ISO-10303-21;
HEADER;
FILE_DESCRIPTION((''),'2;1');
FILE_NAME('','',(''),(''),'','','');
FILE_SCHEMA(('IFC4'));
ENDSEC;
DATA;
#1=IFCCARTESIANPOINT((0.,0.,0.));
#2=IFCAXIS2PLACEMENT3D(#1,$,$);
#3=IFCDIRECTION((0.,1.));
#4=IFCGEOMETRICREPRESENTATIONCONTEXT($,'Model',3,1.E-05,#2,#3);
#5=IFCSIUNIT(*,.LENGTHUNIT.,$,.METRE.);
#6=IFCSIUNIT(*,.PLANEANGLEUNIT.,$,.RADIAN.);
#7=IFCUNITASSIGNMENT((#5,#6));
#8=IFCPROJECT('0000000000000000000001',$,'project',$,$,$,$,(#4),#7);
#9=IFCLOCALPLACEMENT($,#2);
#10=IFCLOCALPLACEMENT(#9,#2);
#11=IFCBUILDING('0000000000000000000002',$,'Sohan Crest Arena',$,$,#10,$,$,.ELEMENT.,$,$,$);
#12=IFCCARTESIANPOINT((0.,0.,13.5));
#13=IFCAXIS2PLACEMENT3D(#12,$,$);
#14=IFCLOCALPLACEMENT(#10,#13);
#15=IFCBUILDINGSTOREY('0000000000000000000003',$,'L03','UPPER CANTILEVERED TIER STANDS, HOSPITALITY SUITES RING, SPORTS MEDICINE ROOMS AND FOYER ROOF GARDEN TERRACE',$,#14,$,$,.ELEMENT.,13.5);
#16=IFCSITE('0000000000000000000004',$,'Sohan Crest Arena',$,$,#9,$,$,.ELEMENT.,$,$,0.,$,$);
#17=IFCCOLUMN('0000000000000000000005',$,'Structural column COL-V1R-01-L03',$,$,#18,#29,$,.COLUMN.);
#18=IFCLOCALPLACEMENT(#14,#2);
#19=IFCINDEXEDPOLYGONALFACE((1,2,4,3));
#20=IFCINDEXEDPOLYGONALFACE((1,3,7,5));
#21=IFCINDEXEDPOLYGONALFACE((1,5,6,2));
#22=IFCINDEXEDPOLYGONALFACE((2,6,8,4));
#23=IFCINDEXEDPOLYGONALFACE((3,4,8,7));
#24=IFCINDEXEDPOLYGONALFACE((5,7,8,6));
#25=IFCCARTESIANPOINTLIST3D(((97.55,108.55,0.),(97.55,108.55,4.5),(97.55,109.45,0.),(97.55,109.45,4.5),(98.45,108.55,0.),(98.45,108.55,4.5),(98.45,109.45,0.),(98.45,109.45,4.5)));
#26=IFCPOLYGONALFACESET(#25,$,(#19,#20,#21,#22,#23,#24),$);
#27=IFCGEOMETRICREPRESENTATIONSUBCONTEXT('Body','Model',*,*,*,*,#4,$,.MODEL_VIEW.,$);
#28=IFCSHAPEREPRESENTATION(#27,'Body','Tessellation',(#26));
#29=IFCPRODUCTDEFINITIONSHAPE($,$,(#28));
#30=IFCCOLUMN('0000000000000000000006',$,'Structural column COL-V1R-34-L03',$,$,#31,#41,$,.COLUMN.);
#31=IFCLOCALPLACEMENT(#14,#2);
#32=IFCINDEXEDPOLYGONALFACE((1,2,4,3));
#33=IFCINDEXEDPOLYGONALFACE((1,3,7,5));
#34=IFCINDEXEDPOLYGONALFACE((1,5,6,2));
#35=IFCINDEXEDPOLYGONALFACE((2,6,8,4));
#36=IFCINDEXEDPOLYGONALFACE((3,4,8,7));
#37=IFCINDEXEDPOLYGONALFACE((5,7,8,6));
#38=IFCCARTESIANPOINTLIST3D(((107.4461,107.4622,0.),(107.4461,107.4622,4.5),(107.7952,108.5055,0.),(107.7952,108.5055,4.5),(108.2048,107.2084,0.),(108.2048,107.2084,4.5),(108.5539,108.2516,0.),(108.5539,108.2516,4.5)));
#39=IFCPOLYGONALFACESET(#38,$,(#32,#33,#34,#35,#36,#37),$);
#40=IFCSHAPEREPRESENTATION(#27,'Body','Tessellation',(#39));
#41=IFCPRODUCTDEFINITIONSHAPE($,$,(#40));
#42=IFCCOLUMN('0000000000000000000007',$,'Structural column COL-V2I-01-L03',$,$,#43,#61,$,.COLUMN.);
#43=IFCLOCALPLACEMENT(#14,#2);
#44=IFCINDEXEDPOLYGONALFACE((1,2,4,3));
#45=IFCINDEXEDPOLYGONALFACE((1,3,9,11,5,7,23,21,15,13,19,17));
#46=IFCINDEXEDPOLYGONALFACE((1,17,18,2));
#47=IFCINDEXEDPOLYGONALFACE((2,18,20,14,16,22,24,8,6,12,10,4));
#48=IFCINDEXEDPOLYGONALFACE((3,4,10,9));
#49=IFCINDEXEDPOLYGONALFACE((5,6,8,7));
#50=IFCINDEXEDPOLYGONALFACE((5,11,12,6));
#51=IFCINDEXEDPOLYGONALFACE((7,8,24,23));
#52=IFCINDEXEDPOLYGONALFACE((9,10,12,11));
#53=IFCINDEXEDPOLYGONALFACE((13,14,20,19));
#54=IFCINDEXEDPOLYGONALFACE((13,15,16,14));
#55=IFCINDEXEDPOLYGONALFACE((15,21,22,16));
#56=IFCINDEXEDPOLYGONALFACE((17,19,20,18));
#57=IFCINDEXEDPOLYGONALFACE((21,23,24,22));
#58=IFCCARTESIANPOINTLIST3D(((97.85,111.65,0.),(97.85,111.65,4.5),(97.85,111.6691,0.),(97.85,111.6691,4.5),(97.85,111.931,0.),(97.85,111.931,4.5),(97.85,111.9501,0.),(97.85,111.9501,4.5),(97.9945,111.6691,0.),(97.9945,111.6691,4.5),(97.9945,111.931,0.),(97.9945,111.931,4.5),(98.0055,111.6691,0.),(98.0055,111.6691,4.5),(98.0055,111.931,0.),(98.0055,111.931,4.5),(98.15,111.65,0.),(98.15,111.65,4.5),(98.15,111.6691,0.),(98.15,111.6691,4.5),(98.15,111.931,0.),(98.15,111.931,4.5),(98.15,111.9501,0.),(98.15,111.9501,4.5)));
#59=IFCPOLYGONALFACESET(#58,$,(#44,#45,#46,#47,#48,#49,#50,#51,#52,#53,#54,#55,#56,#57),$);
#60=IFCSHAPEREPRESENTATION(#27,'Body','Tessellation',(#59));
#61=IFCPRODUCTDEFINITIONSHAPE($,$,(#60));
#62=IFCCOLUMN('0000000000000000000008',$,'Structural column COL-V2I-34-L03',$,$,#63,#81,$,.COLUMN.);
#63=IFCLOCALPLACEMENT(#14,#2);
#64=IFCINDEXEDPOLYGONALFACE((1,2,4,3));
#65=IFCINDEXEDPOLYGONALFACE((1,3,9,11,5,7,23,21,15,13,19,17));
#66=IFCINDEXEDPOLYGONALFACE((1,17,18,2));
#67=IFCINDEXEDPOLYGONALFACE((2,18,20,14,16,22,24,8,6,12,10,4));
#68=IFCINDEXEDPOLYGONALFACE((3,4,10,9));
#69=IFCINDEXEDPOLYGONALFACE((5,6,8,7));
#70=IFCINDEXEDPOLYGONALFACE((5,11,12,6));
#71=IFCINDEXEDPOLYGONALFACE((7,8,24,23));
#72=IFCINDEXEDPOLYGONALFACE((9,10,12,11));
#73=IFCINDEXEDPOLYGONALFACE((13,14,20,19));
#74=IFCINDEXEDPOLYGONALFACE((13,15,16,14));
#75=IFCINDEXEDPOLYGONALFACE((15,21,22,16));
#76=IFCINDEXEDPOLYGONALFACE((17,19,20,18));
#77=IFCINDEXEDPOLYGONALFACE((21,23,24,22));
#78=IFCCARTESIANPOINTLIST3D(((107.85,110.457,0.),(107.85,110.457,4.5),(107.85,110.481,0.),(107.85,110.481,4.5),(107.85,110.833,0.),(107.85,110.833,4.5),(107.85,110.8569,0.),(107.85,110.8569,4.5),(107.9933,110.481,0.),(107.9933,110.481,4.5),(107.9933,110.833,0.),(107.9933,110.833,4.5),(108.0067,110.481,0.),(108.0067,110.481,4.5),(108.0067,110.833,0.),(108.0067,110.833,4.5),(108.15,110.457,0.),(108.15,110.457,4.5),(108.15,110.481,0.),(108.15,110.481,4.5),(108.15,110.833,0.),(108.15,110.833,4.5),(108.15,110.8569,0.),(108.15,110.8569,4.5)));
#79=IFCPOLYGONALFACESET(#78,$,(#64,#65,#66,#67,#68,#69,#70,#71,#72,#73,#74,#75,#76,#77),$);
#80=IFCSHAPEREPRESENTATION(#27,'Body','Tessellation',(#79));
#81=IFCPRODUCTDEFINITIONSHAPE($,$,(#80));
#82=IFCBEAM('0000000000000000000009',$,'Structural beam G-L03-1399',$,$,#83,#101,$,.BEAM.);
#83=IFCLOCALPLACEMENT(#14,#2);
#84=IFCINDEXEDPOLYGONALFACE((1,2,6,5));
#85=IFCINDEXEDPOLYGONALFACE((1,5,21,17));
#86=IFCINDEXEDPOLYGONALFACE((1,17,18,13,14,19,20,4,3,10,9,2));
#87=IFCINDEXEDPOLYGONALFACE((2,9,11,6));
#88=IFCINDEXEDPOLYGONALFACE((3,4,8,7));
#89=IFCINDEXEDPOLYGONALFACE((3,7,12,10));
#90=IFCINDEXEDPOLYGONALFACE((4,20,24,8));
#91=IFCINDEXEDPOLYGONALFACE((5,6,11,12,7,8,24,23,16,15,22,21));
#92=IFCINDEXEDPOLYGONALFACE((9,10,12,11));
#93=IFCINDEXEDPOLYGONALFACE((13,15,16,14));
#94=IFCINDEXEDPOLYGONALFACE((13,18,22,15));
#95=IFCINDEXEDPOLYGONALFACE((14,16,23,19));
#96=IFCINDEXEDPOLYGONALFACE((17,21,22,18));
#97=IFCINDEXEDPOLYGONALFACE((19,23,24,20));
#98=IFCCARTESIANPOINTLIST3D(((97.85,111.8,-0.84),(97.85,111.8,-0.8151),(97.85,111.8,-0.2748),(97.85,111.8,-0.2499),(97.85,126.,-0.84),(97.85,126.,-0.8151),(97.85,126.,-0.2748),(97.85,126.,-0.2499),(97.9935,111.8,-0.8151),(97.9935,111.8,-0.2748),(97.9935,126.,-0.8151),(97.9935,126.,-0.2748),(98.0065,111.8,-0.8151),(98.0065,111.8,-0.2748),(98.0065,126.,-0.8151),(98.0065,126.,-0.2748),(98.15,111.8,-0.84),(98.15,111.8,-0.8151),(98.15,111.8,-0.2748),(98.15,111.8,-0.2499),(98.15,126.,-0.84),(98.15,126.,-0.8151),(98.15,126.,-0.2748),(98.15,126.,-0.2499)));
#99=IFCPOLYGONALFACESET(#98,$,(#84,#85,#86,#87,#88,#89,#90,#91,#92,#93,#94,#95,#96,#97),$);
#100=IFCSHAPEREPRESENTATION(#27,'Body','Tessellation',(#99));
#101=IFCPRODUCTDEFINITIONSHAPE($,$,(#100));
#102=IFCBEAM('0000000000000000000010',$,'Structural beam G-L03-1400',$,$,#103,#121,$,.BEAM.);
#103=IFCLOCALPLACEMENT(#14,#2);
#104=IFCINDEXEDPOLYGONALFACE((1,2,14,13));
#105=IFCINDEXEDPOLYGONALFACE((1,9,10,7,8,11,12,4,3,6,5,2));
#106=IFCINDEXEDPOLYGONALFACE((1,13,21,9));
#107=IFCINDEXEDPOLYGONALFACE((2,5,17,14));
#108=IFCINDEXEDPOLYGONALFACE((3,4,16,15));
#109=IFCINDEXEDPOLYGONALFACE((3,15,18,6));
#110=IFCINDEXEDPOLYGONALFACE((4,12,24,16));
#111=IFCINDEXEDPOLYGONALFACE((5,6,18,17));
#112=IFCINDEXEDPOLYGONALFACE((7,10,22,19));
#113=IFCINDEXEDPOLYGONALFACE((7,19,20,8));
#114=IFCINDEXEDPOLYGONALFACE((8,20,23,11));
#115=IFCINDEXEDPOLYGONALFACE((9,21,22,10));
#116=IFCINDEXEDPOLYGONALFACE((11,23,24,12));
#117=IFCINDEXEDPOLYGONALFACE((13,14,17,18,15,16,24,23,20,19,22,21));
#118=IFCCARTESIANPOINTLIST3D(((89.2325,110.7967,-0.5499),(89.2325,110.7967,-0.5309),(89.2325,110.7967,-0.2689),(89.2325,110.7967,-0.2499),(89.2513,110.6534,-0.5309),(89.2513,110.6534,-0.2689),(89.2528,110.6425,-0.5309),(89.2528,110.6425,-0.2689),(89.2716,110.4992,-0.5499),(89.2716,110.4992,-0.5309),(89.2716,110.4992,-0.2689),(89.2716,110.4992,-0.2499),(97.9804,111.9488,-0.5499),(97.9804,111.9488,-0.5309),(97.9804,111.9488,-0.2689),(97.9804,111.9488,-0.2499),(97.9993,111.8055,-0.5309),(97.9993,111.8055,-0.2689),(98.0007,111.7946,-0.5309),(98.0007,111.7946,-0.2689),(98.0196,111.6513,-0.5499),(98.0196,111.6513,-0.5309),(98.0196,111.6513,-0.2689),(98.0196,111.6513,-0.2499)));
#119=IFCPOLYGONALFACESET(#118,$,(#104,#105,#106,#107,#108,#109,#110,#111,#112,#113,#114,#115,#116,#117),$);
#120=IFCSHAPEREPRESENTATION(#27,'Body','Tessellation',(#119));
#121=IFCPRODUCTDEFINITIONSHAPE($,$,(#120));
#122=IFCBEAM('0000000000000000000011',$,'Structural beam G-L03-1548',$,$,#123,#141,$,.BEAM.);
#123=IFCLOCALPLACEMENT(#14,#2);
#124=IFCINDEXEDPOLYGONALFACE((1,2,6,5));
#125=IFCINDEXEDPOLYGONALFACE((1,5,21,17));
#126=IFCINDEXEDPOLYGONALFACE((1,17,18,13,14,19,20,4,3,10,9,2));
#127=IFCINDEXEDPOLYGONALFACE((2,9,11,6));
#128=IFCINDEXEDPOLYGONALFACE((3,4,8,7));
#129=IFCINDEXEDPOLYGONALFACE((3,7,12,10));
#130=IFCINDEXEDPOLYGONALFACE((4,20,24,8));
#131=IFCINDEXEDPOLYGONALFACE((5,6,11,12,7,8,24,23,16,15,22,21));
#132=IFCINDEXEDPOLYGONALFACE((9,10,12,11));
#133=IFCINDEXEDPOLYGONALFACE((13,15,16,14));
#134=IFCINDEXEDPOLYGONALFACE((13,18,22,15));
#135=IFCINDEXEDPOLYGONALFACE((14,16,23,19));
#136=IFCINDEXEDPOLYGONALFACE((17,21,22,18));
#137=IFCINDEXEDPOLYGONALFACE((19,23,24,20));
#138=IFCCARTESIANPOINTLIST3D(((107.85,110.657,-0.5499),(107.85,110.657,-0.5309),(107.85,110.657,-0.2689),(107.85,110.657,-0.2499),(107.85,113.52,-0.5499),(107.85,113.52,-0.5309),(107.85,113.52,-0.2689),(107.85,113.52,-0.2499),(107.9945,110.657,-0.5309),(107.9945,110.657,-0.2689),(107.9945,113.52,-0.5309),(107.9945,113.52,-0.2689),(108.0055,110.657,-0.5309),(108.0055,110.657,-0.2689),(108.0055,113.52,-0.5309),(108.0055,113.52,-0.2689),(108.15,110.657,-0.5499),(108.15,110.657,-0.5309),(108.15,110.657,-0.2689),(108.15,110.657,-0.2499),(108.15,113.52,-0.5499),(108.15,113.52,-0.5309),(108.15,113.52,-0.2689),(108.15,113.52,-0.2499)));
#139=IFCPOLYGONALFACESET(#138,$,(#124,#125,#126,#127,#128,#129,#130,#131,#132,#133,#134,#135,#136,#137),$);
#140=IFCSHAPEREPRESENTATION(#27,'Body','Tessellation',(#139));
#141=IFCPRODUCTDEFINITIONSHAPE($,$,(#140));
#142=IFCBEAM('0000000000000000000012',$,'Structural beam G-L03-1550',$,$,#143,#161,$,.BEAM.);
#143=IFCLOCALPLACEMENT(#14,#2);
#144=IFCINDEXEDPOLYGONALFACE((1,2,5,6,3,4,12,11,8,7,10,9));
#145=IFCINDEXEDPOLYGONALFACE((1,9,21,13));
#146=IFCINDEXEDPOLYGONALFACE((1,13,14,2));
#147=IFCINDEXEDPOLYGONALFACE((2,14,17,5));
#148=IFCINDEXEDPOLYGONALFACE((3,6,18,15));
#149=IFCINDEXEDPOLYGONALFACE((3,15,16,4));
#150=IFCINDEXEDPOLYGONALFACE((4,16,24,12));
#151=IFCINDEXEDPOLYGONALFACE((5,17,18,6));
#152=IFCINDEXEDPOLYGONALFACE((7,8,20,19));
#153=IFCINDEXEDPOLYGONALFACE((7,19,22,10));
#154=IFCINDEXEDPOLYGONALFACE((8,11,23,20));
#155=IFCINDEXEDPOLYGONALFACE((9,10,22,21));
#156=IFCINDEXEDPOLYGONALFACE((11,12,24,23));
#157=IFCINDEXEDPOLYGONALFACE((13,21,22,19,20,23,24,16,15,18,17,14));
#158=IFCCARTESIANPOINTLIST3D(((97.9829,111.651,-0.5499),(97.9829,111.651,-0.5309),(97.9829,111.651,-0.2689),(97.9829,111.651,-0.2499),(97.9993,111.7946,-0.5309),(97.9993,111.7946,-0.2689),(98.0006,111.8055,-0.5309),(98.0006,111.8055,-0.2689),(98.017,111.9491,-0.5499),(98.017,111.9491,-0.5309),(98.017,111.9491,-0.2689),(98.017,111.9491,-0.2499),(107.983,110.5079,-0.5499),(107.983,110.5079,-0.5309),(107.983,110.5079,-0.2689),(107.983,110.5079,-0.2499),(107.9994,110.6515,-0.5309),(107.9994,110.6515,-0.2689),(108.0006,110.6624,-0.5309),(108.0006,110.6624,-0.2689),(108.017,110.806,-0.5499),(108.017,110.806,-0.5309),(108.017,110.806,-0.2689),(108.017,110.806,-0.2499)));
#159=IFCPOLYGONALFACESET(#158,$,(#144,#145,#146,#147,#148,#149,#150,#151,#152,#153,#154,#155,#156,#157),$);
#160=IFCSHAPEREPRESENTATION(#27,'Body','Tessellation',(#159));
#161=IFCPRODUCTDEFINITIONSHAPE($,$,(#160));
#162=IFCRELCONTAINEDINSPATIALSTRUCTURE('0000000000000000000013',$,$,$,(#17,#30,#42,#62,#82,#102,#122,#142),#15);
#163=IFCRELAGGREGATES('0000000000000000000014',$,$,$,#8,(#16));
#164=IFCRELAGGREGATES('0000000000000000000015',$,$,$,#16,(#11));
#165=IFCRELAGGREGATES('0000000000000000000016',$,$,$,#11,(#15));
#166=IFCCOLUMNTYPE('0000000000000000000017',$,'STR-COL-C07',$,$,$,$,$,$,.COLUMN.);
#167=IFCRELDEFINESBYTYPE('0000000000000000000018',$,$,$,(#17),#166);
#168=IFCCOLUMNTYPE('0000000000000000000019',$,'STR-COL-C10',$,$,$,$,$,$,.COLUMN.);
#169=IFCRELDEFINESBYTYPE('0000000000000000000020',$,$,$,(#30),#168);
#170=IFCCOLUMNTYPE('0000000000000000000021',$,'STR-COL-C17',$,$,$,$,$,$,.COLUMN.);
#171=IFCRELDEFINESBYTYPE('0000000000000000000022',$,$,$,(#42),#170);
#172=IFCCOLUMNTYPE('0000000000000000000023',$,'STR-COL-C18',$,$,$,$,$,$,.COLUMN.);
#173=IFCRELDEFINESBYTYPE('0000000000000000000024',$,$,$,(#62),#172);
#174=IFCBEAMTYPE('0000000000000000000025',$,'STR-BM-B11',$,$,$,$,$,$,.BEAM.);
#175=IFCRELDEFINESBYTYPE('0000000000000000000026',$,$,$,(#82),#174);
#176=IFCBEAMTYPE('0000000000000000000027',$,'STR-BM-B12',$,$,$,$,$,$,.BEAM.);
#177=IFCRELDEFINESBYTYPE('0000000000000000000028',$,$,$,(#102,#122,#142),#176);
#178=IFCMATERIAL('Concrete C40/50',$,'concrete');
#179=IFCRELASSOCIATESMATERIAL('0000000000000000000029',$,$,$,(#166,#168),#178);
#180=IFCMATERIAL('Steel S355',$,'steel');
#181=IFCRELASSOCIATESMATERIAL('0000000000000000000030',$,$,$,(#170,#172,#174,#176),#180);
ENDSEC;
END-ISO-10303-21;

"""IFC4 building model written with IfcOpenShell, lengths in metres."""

from ifc_helpers import new_model, si_unit, direction, frame, origin, origin_2d, place, context, subcontext, project, spatial, rectangle, i_section, extrude, material, material_profile, profile_set, type_object, element, save


model = new_model("IFC4")

# Units and contexts
model_context = context("Model", 3, precision=1e-05, world=origin(), true_north=direction((0.0, 1.0)))
body_context = subcontext(model_context, "Body", "Model", "MODEL_VIEW")
ifc_project = project(units=[si_unit("LENGTHUNIT", "METRE"), si_unit("PLANEANGLEUNIT", "RADIAN")], contexts=[model_context])

# Site, building, storey
site_placement = place(None, origin())
site = spatial("IfcSite", under=ifc_project, at=site_placement, Name="Sohan Crest Arena", CompositionType="ELEMENT", RefElevation=0.0)
building_placement = place(site_placement, origin())
building = spatial("IfcBuilding", under=site, at=building_placement, Name="Sohan Crest Arena", CompositionType="ELEMENT")
storey_placement = place(building_placement, frame((0.0, 0.0, 13.5)))
storey = spatial("IfcBuildingStorey", under=building, at=storey_placement, Name="L03", Description="UPPER CANTILEVERED TIER STANDS, HOSPITALITY SUITES RING, SPORTS MEDICINE ROOMS AND FOYER ROOF GARDEN TERRACE", CompositionType="ELEMENT", Elevation=13.5)

# Columns
ifc_material_1 = material(Name="Concrete C40/50", Category="concrete")
ifc_material_profile_1 = material_profile(ifc_material_1, rectangle(XDim=0.8999, YDim=0.8999, at=origin_2d()), Name="RC 900x900")
ifc_profile_set_1 = profile_set([ifc_material_profile_1], Name="Concrete C40/50")
column_type_1 = type_object("IfcColumnType", Name="STR-COL-C07", PredefinedType="COLUMN", material=ifc_profile_set_1)
column_1_placement = place(storey_placement, frame((98.0, 109.0, 0.0), z_axis=(0.0, 0.0, 1.0), x_axis=(0.0, 1.0, 0.0)))
element("IfcColumn", 1, at=column_1_placement, inside=storey, type_object=column_type_1, Name="Structural column COL-V1R-01-L03", PredefinedType="COLUMN", context=body_context, shape_type="SweptSolid", body=[
    extrude(rectangle(XDim=0.8999, YDim=0.8999, at=origin_2d()), origin(), (0.0, 0.0, 1.0), 4.5),
])
ifc_material_profile_2 = material_profile(ifc_material_1, rectangle(XDim=1.1001, YDim=0.8, at=origin_2d()), Name="RC 1100x800")
ifc_profile_set_2 = profile_set([ifc_material_profile_2], Name="Concrete C40/50")
column_type_2 = type_object("IfcColumnType", Name="STR-COL-C10", PredefinedType="COLUMN", material=ifc_profile_set_2)
column_2_placement = place(storey_placement, frame((108.0, 107.8569, 0.0), z_axis=(0.0, 0.0, 1.0), x_axis=(0.317305, 0.948324, 0.0)))
element("IfcColumn", 2, at=column_2_placement, inside=storey, type_object=column_type_2, Name="Structural column COL-V1R-34-L03", PredefinedType="COLUMN", context=body_context, shape_type="SweptSolid", body=[
    extrude(rectangle(XDim=1.1001, YDim=0.8, at=origin_2d()), origin(), (0.0, 0.0, 1.0), 4.5),
])
ifc_material_2 = material(Name="Steel S355", Category="steel")
ifc_material_profile_3 = material_profile(ifc_material_2, i_section(OverallWidth=0.3, OverallDepth=0.3, WebThickness=0.011, FlangeThickness=0.019, at=origin_2d()), Name="HEB 300")
ifc_profile_set_3 = profile_set([ifc_material_profile_3], Name="Steel S355")
column_type_3 = type_object("IfcColumnType", Name="STR-COL-C17", PredefinedType="COLUMN", material=ifc_profile_set_3)
column_3_placement = place(storey_placement, frame((98.0, 111.8, 0.0), z_axis=(0.0, 0.0, 1.0), x_axis=(1.0, 0.0, 0.0)))
element("IfcColumn", 3, at=column_3_placement, inside=storey, type_object=column_type_3, Name="Structural column COL-V2I-01-L03", PredefinedType="COLUMN", context=body_context, shape_type="SweptSolid", body=[
    extrude(i_section(OverallWidth=0.3, OverallDepth=0.3, WebThickness=0.011, FlangeThickness=0.019, at=origin_2d()), origin(), (0.0, 0.0, 1.0), 4.5),
])
ifc_material_profile_4 = material_profile(ifc_material_2, i_section(OverallWidth=0.3, OverallDepth=0.3999, WebThickness=0.0134, FlangeThickness=0.0239, at=origin_2d()), Name="HEB 400")
ifc_profile_set_4 = profile_set([ifc_material_profile_4], Name="Steel S355")
column_type_4 = type_object("IfcColumnType", Name="STR-COL-C18", PredefinedType="COLUMN", material=ifc_profile_set_4)
column_4_placement = place(storey_placement, frame((108.0, 110.657, 0.0), z_axis=(0.0, 0.0, 1.0), x_axis=(1.0, 0.0, 0.0)))
element("IfcColumn", 4, at=column_4_placement, inside=storey, type_object=column_type_4, Name="Structural column COL-V2I-34-L03", PredefinedType="COLUMN", context=body_context, shape_type="SweptSolid", body=[
    extrude(i_section(OverallWidth=0.3, OverallDepth=0.3999, WebThickness=0.0134, FlangeThickness=0.0239, at=origin_2d()), origin(), (0.0, 0.0, 1.0), 4.5),
])

# Beams
ifc_material_profile_5 = material_profile(ifc_material_2, i_section(OverallWidth=0.3, OverallDepth=0.5901, WebThickness=0.0129, FlangeThickness=0.0249, at=origin_2d()), Name="HEA 600")
ifc_profile_set_5 = profile_set([ifc_material_profile_5], Name="Steel S355")
beam_type_1 = type_object("IfcBeamType", Name="STR-BM-B11", PredefinedType="BEAM", material=ifc_profile_set_5)
beam_1_placement = place(storey_placement, frame((98.0, 111.8, -0.5449), z_axis=(0.0, 1.0, 0.0), x_axis=(-1.0, 0.0, 0.0)))
element("IfcBeam", 5, at=beam_1_placement, inside=storey, type_object=beam_type_1, Name="Structural beam G-L03-1399", PredefinedType="BEAM", context=body_context, shape_type="SweptSolid", body=[
    extrude(i_section(OverallWidth=0.3, OverallDepth=0.5901, WebThickness=0.0129, FlangeThickness=0.0249, at=origin_2d()), origin(), (0.0, 0.0, 1.0), 14.2),
])
ifc_material_profile_6 = material_profile(ifc_material_2, i_section(OverallWidth=0.3, OverallDepth=0.3, WebThickness=0.011, FlangeThickness=0.019, at=origin_2d()), Name="HEB 300")
ifc_profile_set_6 = profile_set([ifc_material_profile_6], Name="Steel S355")
beam_type_2 = type_object("IfcBeamType", Name="STR-BM-B12", PredefinedType="BEAM", material=ifc_profile_set_6)
beam_2_placement = place(storey_placement, frame((98.0, 111.8, -0.3999), z_axis=(-0.991439, -0.13057, 0.0), x_axis=(0.13057, -0.991439, 0.0)))
element("IfcBeam", 6, at=beam_2_placement, inside=storey, type_object=beam_type_2, Name="Structural beam G-L03-1400", PredefinedType="BEAM", context=body_context, shape_type="SweptSolid", body=[
    extrude(i_section(OverallWidth=0.3, OverallDepth=0.3, WebThickness=0.011, FlangeThickness=0.019, at=origin_2d()), origin(), (0.0, 0.0, 1.0), 8.8235),
])
beam_3_placement = place(storey_placement, frame((108.0, 110.657, -0.3999), z_axis=(0.0, 1.0, 0.0), x_axis=(-1.0, 0.0, 0.0)))
element("IfcBeam", 7, at=beam_3_placement, inside=storey, type_object=beam_type_2, Name="Structural beam G-L03-1548", PredefinedType="BEAM", context=body_context, shape_type="SweptSolid", body=[
    extrude(i_section(OverallWidth=0.3, OverallDepth=0.3, WebThickness=0.011, FlangeThickness=0.019, at=origin_2d()), origin(), (0.0, 0.0, 1.0), 2.863),
])
beam_4_placement = place(storey_placement, frame((108.0, 110.657, -0.3999), z_axis=(-0.99353, 0.113567, 0.0), x_axis=(-0.113567, -0.99353, 0.0)))
element("IfcBeam", 8, at=beam_4_placement, inside=storey, type_object=beam_type_2, Name="Structural beam G-L03-1550", PredefinedType="BEAM", context=body_context, shape_type="SweptSolid", body=[
    extrude(i_section(OverallWidth=0.3, OverallDepth=0.3, WebThickness=0.011, FlangeThickness=0.019, at=origin_2d()), origin(), (0.0, 0.0, 1.0), 10.0652),
])

save(model, "model.ifc")
